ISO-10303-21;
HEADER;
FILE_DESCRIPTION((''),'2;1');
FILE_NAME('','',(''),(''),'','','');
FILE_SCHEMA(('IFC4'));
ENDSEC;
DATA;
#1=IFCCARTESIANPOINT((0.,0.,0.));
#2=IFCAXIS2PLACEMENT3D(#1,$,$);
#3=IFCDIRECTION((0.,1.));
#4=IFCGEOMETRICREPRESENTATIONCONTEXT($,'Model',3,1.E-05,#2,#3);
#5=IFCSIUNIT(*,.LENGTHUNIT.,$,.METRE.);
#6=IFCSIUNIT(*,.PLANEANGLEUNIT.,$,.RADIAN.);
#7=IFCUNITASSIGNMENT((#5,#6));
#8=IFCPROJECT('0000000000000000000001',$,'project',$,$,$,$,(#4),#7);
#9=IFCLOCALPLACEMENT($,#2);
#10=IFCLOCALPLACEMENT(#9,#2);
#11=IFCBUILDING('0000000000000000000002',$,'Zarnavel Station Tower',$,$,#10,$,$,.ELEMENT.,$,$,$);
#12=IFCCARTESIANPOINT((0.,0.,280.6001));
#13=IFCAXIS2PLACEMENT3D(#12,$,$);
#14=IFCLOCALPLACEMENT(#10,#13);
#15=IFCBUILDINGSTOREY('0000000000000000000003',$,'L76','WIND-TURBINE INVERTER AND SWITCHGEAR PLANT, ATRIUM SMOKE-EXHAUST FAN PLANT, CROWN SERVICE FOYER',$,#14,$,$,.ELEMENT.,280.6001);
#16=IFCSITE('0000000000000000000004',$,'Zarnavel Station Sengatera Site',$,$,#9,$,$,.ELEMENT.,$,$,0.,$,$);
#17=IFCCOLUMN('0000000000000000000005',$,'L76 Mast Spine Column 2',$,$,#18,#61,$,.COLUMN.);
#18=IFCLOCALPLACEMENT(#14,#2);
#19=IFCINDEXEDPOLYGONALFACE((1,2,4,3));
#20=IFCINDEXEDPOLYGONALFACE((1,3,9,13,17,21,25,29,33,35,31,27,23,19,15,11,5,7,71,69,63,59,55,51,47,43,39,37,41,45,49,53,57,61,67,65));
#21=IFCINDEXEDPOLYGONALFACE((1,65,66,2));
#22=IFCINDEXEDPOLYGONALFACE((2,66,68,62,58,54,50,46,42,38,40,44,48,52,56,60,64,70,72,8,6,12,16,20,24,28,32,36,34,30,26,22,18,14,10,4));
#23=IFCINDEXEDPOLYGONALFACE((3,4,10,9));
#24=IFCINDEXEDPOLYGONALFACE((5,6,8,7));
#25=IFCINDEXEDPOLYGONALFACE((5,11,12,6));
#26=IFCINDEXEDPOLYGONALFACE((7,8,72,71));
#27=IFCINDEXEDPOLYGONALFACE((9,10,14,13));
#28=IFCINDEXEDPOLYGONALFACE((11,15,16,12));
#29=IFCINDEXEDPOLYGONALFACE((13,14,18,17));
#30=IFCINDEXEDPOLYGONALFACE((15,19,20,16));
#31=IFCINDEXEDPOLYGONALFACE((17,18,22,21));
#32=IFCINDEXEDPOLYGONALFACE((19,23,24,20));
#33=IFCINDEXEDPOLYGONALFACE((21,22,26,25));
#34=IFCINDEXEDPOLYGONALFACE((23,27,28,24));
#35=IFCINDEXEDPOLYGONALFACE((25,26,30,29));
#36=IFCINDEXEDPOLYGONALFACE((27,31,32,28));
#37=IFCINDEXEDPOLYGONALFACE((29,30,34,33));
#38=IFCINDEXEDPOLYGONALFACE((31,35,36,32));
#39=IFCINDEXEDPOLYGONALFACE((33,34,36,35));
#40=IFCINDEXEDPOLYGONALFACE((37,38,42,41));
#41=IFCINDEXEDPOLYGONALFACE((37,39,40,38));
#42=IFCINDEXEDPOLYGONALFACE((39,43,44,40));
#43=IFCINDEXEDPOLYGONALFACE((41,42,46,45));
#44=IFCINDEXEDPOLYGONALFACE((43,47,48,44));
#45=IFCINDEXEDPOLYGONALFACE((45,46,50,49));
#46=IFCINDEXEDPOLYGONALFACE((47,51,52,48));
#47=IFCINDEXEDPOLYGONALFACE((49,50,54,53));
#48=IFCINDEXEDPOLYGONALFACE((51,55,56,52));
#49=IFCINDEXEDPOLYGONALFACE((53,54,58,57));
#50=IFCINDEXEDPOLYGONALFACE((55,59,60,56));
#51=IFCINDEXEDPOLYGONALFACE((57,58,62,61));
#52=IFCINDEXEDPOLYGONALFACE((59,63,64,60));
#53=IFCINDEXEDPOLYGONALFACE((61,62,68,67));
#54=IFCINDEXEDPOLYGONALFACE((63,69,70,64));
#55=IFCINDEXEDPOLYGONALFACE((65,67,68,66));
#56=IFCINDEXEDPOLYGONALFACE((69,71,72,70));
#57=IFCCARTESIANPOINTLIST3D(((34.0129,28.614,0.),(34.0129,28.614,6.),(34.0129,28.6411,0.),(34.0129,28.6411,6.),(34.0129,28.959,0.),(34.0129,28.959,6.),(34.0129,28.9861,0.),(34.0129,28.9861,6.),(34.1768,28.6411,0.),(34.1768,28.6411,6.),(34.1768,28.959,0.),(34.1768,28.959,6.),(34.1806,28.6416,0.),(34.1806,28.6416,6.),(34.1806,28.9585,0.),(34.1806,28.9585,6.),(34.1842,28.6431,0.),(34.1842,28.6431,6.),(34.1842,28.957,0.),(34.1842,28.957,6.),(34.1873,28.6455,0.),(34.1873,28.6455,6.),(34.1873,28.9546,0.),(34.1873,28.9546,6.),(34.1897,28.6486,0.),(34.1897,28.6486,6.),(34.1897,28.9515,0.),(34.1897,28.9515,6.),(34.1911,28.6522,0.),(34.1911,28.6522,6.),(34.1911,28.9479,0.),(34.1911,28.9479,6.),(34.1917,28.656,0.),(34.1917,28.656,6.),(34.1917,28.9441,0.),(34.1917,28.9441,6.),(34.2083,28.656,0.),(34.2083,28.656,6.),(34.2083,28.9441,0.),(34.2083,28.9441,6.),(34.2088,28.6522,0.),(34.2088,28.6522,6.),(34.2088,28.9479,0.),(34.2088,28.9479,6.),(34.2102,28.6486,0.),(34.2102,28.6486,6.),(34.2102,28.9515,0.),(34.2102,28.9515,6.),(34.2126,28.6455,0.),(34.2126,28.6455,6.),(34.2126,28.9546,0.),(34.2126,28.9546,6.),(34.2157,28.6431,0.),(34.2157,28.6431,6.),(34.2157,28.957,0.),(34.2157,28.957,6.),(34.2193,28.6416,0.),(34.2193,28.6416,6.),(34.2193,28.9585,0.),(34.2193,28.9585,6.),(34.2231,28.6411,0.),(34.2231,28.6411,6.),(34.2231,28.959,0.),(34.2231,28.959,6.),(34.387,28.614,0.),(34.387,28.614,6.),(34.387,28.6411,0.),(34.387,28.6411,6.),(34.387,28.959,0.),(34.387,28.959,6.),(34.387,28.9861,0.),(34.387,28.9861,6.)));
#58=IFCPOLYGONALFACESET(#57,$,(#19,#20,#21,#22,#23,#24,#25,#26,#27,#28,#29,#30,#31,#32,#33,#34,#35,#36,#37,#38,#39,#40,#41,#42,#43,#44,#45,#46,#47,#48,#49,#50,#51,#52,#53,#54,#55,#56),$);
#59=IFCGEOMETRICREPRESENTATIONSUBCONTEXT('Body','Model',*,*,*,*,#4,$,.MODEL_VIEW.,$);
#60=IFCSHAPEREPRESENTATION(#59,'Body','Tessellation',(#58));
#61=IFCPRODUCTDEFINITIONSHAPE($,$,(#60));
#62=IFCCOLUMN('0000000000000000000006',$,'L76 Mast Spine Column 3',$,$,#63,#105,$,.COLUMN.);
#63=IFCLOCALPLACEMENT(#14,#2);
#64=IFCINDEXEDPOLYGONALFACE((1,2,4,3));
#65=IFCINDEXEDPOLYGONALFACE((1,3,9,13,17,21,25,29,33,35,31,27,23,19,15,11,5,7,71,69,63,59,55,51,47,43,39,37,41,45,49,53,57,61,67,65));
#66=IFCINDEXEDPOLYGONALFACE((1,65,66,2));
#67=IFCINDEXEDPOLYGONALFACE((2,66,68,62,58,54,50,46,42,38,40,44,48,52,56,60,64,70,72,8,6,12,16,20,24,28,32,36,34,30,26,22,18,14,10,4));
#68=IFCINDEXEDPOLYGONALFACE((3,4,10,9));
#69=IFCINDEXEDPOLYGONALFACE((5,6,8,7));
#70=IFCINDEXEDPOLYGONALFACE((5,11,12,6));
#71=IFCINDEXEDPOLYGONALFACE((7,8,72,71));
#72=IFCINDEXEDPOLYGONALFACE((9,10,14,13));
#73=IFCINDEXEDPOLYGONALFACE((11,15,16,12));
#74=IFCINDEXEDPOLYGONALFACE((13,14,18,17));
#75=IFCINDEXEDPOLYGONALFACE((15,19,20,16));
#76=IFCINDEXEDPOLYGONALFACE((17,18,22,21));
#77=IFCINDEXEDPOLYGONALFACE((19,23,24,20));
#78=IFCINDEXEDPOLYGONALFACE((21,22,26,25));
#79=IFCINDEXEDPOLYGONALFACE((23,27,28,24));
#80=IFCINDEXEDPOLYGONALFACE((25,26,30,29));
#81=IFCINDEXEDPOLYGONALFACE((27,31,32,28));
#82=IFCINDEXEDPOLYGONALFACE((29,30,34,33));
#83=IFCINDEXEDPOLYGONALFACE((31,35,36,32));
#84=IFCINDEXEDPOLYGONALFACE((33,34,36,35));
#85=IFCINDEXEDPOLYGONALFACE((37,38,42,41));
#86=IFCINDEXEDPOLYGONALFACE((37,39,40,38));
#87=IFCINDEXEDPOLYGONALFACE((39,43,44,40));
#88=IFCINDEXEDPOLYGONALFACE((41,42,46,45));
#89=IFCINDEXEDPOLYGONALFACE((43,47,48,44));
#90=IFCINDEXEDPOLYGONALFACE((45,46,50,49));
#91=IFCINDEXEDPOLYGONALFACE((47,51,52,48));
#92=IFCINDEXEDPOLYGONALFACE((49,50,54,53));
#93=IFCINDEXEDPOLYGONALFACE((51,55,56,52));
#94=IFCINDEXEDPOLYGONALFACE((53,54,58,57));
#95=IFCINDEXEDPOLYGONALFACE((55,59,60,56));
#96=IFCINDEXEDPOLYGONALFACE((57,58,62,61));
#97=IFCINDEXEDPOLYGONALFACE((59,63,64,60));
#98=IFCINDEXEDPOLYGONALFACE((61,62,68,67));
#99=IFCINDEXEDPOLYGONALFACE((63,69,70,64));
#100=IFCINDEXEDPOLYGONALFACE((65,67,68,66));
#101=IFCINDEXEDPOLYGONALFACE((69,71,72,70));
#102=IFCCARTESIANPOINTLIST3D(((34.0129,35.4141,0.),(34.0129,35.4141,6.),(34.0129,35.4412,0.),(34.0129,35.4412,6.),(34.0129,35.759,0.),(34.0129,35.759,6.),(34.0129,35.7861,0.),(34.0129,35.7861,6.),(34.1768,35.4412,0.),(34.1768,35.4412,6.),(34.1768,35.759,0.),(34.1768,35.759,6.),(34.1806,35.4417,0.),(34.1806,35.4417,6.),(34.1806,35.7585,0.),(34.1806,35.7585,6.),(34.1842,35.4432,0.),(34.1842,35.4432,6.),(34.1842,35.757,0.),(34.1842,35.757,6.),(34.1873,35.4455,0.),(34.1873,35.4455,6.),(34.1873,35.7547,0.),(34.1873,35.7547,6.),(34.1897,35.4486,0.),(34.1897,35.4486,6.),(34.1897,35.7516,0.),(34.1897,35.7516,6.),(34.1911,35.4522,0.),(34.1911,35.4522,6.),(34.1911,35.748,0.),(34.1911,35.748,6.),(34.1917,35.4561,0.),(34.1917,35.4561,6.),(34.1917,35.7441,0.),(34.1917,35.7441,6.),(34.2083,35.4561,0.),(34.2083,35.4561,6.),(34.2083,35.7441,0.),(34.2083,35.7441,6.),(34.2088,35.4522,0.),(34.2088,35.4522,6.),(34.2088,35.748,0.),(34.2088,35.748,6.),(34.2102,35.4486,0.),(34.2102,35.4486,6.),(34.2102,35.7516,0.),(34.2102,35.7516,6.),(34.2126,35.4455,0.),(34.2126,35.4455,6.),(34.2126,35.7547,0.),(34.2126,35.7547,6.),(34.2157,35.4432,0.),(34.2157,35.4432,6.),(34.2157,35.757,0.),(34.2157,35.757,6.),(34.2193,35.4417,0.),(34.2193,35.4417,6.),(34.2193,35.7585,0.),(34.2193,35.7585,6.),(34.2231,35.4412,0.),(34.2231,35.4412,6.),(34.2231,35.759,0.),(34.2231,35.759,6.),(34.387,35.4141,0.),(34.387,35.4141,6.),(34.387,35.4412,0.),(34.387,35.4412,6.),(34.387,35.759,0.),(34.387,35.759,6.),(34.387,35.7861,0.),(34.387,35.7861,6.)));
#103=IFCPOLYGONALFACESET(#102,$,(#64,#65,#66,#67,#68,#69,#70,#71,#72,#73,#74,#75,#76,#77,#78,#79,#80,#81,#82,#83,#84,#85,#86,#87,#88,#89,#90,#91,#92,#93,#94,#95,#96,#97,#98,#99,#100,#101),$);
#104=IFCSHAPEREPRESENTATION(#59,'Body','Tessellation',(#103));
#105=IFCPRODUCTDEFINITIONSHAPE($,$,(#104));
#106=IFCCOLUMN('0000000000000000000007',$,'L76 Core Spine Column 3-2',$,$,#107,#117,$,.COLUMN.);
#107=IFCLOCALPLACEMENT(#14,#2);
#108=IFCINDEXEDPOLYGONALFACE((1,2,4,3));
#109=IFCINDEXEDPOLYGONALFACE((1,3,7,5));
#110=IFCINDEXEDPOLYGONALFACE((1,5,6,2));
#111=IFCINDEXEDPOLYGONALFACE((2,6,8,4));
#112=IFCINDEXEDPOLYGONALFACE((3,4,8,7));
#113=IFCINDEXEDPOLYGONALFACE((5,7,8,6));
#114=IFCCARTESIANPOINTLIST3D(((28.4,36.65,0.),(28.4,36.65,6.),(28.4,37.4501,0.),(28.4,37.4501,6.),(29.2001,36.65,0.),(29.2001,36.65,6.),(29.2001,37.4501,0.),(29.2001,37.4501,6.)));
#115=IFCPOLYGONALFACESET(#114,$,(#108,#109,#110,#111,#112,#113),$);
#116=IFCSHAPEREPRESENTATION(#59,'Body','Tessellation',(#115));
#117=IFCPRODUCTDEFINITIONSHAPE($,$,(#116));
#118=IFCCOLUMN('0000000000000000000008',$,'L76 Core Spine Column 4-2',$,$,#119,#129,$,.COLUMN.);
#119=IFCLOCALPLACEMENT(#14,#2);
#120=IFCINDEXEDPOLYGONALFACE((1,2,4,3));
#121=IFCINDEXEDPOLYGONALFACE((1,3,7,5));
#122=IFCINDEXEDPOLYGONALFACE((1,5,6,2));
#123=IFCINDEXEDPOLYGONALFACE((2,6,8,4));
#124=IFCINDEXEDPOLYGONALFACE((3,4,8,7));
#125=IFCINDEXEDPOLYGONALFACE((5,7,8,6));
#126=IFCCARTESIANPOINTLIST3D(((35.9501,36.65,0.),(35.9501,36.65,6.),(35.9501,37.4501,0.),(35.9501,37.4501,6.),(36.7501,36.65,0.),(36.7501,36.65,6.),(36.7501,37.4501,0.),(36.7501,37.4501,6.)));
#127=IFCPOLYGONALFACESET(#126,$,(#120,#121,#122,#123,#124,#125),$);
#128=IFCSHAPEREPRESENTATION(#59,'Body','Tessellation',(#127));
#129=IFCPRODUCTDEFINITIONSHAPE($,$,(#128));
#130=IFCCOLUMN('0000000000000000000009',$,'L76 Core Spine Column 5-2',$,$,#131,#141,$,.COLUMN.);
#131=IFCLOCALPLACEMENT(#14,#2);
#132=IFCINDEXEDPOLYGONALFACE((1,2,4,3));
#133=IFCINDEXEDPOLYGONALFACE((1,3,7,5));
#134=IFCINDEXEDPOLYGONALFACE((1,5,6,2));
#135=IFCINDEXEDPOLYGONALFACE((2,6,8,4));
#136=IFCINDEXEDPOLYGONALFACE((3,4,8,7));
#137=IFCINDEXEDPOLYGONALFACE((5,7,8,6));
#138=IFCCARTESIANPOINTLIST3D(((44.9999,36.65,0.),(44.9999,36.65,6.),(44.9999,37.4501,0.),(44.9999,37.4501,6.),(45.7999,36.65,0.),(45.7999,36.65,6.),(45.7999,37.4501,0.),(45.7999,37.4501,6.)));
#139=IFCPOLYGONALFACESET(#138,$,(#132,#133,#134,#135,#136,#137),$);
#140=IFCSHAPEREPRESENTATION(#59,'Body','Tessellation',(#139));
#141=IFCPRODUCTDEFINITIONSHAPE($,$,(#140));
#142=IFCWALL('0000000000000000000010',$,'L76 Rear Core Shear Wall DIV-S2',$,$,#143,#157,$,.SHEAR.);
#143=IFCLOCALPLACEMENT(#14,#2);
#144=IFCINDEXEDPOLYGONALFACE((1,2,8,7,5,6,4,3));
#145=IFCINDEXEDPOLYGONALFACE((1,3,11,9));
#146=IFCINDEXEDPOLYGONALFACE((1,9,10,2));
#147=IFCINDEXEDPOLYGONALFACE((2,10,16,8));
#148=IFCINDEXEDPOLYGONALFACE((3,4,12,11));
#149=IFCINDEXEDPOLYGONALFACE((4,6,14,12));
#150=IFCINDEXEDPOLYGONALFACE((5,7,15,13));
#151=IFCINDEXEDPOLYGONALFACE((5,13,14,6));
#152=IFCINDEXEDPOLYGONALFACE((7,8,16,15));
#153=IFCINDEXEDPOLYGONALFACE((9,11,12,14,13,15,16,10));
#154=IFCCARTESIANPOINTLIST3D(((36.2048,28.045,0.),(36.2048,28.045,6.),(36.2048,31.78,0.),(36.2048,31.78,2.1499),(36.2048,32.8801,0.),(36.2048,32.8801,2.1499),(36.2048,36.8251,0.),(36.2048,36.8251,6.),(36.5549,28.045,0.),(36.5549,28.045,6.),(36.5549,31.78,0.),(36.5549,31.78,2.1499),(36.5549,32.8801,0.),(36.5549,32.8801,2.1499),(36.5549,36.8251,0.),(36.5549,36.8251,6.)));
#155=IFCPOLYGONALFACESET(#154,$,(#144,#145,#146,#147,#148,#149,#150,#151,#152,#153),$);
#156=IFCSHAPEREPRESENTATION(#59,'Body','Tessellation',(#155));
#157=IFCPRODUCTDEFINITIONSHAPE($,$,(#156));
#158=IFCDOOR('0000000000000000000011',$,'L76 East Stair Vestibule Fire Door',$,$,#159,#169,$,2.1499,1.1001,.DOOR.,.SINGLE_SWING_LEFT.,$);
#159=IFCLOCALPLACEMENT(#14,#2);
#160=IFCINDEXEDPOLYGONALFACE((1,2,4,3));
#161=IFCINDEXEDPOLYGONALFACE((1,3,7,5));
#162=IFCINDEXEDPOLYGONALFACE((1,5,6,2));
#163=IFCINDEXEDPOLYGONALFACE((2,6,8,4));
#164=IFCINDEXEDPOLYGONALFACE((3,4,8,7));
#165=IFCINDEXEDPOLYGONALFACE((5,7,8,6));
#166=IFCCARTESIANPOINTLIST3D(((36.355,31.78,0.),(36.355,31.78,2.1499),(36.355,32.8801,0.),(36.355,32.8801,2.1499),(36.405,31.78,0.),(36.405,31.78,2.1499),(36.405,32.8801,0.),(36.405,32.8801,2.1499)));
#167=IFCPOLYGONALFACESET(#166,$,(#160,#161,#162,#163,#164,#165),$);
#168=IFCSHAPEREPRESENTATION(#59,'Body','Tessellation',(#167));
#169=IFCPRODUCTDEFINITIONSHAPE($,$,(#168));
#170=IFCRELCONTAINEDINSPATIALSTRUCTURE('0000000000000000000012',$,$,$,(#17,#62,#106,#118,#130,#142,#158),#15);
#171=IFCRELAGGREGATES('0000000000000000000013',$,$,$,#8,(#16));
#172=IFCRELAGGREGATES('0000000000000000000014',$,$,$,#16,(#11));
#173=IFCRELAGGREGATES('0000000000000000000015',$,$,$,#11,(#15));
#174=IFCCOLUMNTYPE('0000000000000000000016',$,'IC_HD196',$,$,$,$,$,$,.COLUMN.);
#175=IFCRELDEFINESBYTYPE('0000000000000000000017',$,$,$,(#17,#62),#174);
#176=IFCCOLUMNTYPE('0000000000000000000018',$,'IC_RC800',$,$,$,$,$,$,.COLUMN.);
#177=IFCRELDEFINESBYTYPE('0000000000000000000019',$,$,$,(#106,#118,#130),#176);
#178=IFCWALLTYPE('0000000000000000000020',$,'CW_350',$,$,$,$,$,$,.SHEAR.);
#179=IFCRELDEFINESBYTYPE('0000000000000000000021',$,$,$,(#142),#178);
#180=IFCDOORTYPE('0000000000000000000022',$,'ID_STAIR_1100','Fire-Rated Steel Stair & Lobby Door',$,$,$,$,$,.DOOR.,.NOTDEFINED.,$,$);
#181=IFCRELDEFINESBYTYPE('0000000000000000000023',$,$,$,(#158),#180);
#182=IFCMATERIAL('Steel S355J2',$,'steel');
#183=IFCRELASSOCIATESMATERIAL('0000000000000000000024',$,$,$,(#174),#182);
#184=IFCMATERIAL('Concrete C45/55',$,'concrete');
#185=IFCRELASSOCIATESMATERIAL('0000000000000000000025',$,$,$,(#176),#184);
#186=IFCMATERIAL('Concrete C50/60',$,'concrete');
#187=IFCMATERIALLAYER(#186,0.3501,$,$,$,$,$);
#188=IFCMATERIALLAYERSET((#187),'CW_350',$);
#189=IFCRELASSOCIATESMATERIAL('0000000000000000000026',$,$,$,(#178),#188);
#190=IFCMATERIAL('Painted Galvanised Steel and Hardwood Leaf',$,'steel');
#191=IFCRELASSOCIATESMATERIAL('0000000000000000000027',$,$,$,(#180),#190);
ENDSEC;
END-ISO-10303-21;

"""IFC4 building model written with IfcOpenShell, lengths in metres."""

from ifc_helpers import new_model, si_unit, direction, frame, frame_2d, origin, origin_2d, place, context, subcontext, project, spatial, rectangle, i_section, extrude, material, layer, layer_set, material_profile, profile_set, type_object, element, fill, save


model = new_model("IFC4")

# Units and contexts
model_context = context("Model", 3, precision=1e-05, world=origin(), true_north=direction((0.0, 1.0)))
body_context = subcontext(model_context, "Body", "Model", "MODEL_VIEW")
ifc_project = project(units=[si_unit("LENGTHUNIT", "METRE"), si_unit("PLANEANGLEUNIT", "RADIAN")], contexts=[model_context])

# Site, building, storey
site_placement = place(None, origin())
site = spatial("IfcSite", under=ifc_project, at=site_placement, Name="Zarnavel Station Sengatera Site", CompositionType="ELEMENT", RefElevation=0.0)
building_placement = place(site_placement, origin())
building = spatial("IfcBuilding", under=site, at=building_placement, Name="Zarnavel Station Tower", CompositionType="ELEMENT")
storey_placement = place(building_placement, frame((0.0, 0.0, 280.6001)))
storey = spatial("IfcBuildingStorey", under=building, at=storey_placement, Name="L76", Description="WIND-TURBINE INVERTER AND SWITCHGEAR PLANT, ATRIUM SMOKE-EXHAUST FAN PLANT, CROWN SERVICE FOYER", CompositionType="ELEMENT", Elevation=280.6001)

# Columns
ifc_material_1 = material(Name="Steel S355J2", Category="steel")
ifc_material_profile_1 = material_profile(ifc_material_1, i_section(OverallWidth=0.374, OverallDepth=0.3721, WebThickness=0.0166, FlangeThickness=0.0271, FilletRadius=0.0149, at=origin_2d()), Name="HD360x196")
ifc_profile_set_1 = profile_set([ifc_material_profile_1], Name="Steel S355J2")
column_type_1 = type_object("IfcColumnType", Name="IC_HD196", PredefinedType="COLUMN", material=ifc_profile_set_1)
for number, where, z_axis, x_axis, name in (
    (1, (34.2, 28.8, 0.0), (0.0, 0.0, 1.0), (1.0, 0.0, 0.0), "L76 Mast Spine Column 2"),
    (2, (34.2, 35.6001, 0.0), (0.0, 0.0, 1.0), (1.0, 0.0, 0.0), "L76 Mast Spine Column 3"),
):
    element("IfcColumn", number, at=place(storey_placement, frame(where, z_axis=z_axis, x_axis=x_axis)), inside=storey, type_object=column_type_1, Name=name, PredefinedType="COLUMN", context=body_context, shape_type="SweptSolid", body=[
        extrude(i_section(OverallWidth=0.374, OverallDepth=0.3721, WebThickness=0.0166, FlangeThickness=0.0271, FilletRadius=0.0149, at=origin_2d()), origin(), (0.0, 0.0, 1.0), 6.0),
    ])
ifc_material_2 = material(Name="Concrete C45/55", Category="concrete")
ifc_material_profile_2 = material_profile(ifc_material_2, rectangle(XDim=0.8, YDim=0.8, at=origin_2d()), Name="RC800x800")
ifc_profile_set_2 = profile_set([ifc_material_profile_2], Name="Concrete C45/55")
column_type_2 = type_object("IfcColumnType", Name="IC_RC800", PredefinedType="COLUMN", material=ifc_profile_set_2)
for number, where, z_axis, x_axis, name in (
    (3, (28.8, 37.05, 0.0), (0.0, 0.0, 1.0), (1.0, 0.0, 0.0), "L76 Core Spine Column 3-2"),
    (4, (36.3501, 37.05, 0.0), (0.0, 0.0, 1.0), (1.0, 0.0, 0.0), "L76 Core Spine Column 4-2"),
    (5, (45.3999, 37.05, 0.0), (0.0, 0.0, 1.0), (1.0, 0.0, 0.0), "L76 Core Spine Column 5-2"),
):
    element("IfcColumn", number, at=place(storey_placement, frame(where, z_axis=z_axis, x_axis=x_axis)), inside=storey, type_object=column_type_2, Name=name, PredefinedType="COLUMN", context=body_context, shape_type="SweptSolid", body=[
        extrude(rectangle(XDim=0.8, YDim=0.8, at=origin_2d()), origin(), (0.0, 0.0, 1.0), 6.0),
    ])

# Wall, opening, door
ifc_material_3 = material(Name="Concrete C50/60", Category="concrete")
ifc_layer_1 = layer(ifc_material_3, 0.3501)
ifc_layer_set_1 = layer_set([ifc_layer_1], Name="CW_350")
wall_type_1 = type_object("IfcWallType", Name="CW_350", PredefinedType="SHEAR", material=ifc_layer_set_1)
wall_1_placement = place(storey_placement, frame((36.3799, 28.0449, 0.0), z_axis=(0.0, 0.0, 1.0), x_axis=(0.0, 1.0, 0.0)))
wall_1 = element("IfcWall", 6, at=wall_1_placement, inside=storey, type_object=wall_type_1, Name="L76 Rear Core Shear Wall DIV-S2", PredefinedType="SHEAR", context=body_context, shape_type="SweptSolid", body=[
    extrude(rectangle(XDim=8.78, YDim=0.3501, at=frame_2d((4.3901, 0.0))), origin(), (0.0, 0.0, 1.0), 6.0),
])
opening_1_placement = place(wall_1_placement, frame((3.7351, 0.0, 0.0)))
opening_1 = element("IfcOpeningElement", 7, at=opening_1_placement, cuts=wall_1, PredefinedType="OPENING", context=body_context, shape_type="SweptSolid", body=[
    extrude(rectangle(XDim=1.1001, YDim=2.1499, at=frame_2d((0.55, 1.075))), frame((0.0, 0.1851, 0.0), z_axis=(0.0, -1.0, 0.0), x_axis=(1.0, 0.0, 0.0)), (0.0, 0.0, 1.0), 0.3701),
])
ifc_material_4 = material(Name="Painted Galvanised Steel and Hardwood Leaf", Category="steel")
door_type_1 = type_object("IfcDoorType", Name="ID_STAIR_1100", Description="Fire-Rated Steel Stair & Lobby Door", OperationType="NOTDEFINED", PredefinedType="DOOR", material=ifc_material_4)
door_1_placement = place(opening_1_placement, origin())
door_1 = element("IfcDoor", 8, at=door_1_placement, inside=storey, type_object=door_type_1, Name="L76 East Stair Vestibule Fire Door", OperationType="SINGLE_SWING_LEFT", OverallHeight=2.1499, OverallWidth=1.1001, PredefinedType="DOOR", context=body_context, shape_type="SweptSolid", body=[
    extrude(rectangle(XDim=1.1001, YDim=2.1499, at=frame_2d((0.55, 1.075))), frame((0.0, 0.0249, 0.0), z_axis=(0.0, -1.0, 0.0), x_axis=(1.0, 0.0, 0.0)), (0.0, 0.0, 1.0), 0.05),
])
fill(opening_1, door_1)

save(model, "model.ifc")
